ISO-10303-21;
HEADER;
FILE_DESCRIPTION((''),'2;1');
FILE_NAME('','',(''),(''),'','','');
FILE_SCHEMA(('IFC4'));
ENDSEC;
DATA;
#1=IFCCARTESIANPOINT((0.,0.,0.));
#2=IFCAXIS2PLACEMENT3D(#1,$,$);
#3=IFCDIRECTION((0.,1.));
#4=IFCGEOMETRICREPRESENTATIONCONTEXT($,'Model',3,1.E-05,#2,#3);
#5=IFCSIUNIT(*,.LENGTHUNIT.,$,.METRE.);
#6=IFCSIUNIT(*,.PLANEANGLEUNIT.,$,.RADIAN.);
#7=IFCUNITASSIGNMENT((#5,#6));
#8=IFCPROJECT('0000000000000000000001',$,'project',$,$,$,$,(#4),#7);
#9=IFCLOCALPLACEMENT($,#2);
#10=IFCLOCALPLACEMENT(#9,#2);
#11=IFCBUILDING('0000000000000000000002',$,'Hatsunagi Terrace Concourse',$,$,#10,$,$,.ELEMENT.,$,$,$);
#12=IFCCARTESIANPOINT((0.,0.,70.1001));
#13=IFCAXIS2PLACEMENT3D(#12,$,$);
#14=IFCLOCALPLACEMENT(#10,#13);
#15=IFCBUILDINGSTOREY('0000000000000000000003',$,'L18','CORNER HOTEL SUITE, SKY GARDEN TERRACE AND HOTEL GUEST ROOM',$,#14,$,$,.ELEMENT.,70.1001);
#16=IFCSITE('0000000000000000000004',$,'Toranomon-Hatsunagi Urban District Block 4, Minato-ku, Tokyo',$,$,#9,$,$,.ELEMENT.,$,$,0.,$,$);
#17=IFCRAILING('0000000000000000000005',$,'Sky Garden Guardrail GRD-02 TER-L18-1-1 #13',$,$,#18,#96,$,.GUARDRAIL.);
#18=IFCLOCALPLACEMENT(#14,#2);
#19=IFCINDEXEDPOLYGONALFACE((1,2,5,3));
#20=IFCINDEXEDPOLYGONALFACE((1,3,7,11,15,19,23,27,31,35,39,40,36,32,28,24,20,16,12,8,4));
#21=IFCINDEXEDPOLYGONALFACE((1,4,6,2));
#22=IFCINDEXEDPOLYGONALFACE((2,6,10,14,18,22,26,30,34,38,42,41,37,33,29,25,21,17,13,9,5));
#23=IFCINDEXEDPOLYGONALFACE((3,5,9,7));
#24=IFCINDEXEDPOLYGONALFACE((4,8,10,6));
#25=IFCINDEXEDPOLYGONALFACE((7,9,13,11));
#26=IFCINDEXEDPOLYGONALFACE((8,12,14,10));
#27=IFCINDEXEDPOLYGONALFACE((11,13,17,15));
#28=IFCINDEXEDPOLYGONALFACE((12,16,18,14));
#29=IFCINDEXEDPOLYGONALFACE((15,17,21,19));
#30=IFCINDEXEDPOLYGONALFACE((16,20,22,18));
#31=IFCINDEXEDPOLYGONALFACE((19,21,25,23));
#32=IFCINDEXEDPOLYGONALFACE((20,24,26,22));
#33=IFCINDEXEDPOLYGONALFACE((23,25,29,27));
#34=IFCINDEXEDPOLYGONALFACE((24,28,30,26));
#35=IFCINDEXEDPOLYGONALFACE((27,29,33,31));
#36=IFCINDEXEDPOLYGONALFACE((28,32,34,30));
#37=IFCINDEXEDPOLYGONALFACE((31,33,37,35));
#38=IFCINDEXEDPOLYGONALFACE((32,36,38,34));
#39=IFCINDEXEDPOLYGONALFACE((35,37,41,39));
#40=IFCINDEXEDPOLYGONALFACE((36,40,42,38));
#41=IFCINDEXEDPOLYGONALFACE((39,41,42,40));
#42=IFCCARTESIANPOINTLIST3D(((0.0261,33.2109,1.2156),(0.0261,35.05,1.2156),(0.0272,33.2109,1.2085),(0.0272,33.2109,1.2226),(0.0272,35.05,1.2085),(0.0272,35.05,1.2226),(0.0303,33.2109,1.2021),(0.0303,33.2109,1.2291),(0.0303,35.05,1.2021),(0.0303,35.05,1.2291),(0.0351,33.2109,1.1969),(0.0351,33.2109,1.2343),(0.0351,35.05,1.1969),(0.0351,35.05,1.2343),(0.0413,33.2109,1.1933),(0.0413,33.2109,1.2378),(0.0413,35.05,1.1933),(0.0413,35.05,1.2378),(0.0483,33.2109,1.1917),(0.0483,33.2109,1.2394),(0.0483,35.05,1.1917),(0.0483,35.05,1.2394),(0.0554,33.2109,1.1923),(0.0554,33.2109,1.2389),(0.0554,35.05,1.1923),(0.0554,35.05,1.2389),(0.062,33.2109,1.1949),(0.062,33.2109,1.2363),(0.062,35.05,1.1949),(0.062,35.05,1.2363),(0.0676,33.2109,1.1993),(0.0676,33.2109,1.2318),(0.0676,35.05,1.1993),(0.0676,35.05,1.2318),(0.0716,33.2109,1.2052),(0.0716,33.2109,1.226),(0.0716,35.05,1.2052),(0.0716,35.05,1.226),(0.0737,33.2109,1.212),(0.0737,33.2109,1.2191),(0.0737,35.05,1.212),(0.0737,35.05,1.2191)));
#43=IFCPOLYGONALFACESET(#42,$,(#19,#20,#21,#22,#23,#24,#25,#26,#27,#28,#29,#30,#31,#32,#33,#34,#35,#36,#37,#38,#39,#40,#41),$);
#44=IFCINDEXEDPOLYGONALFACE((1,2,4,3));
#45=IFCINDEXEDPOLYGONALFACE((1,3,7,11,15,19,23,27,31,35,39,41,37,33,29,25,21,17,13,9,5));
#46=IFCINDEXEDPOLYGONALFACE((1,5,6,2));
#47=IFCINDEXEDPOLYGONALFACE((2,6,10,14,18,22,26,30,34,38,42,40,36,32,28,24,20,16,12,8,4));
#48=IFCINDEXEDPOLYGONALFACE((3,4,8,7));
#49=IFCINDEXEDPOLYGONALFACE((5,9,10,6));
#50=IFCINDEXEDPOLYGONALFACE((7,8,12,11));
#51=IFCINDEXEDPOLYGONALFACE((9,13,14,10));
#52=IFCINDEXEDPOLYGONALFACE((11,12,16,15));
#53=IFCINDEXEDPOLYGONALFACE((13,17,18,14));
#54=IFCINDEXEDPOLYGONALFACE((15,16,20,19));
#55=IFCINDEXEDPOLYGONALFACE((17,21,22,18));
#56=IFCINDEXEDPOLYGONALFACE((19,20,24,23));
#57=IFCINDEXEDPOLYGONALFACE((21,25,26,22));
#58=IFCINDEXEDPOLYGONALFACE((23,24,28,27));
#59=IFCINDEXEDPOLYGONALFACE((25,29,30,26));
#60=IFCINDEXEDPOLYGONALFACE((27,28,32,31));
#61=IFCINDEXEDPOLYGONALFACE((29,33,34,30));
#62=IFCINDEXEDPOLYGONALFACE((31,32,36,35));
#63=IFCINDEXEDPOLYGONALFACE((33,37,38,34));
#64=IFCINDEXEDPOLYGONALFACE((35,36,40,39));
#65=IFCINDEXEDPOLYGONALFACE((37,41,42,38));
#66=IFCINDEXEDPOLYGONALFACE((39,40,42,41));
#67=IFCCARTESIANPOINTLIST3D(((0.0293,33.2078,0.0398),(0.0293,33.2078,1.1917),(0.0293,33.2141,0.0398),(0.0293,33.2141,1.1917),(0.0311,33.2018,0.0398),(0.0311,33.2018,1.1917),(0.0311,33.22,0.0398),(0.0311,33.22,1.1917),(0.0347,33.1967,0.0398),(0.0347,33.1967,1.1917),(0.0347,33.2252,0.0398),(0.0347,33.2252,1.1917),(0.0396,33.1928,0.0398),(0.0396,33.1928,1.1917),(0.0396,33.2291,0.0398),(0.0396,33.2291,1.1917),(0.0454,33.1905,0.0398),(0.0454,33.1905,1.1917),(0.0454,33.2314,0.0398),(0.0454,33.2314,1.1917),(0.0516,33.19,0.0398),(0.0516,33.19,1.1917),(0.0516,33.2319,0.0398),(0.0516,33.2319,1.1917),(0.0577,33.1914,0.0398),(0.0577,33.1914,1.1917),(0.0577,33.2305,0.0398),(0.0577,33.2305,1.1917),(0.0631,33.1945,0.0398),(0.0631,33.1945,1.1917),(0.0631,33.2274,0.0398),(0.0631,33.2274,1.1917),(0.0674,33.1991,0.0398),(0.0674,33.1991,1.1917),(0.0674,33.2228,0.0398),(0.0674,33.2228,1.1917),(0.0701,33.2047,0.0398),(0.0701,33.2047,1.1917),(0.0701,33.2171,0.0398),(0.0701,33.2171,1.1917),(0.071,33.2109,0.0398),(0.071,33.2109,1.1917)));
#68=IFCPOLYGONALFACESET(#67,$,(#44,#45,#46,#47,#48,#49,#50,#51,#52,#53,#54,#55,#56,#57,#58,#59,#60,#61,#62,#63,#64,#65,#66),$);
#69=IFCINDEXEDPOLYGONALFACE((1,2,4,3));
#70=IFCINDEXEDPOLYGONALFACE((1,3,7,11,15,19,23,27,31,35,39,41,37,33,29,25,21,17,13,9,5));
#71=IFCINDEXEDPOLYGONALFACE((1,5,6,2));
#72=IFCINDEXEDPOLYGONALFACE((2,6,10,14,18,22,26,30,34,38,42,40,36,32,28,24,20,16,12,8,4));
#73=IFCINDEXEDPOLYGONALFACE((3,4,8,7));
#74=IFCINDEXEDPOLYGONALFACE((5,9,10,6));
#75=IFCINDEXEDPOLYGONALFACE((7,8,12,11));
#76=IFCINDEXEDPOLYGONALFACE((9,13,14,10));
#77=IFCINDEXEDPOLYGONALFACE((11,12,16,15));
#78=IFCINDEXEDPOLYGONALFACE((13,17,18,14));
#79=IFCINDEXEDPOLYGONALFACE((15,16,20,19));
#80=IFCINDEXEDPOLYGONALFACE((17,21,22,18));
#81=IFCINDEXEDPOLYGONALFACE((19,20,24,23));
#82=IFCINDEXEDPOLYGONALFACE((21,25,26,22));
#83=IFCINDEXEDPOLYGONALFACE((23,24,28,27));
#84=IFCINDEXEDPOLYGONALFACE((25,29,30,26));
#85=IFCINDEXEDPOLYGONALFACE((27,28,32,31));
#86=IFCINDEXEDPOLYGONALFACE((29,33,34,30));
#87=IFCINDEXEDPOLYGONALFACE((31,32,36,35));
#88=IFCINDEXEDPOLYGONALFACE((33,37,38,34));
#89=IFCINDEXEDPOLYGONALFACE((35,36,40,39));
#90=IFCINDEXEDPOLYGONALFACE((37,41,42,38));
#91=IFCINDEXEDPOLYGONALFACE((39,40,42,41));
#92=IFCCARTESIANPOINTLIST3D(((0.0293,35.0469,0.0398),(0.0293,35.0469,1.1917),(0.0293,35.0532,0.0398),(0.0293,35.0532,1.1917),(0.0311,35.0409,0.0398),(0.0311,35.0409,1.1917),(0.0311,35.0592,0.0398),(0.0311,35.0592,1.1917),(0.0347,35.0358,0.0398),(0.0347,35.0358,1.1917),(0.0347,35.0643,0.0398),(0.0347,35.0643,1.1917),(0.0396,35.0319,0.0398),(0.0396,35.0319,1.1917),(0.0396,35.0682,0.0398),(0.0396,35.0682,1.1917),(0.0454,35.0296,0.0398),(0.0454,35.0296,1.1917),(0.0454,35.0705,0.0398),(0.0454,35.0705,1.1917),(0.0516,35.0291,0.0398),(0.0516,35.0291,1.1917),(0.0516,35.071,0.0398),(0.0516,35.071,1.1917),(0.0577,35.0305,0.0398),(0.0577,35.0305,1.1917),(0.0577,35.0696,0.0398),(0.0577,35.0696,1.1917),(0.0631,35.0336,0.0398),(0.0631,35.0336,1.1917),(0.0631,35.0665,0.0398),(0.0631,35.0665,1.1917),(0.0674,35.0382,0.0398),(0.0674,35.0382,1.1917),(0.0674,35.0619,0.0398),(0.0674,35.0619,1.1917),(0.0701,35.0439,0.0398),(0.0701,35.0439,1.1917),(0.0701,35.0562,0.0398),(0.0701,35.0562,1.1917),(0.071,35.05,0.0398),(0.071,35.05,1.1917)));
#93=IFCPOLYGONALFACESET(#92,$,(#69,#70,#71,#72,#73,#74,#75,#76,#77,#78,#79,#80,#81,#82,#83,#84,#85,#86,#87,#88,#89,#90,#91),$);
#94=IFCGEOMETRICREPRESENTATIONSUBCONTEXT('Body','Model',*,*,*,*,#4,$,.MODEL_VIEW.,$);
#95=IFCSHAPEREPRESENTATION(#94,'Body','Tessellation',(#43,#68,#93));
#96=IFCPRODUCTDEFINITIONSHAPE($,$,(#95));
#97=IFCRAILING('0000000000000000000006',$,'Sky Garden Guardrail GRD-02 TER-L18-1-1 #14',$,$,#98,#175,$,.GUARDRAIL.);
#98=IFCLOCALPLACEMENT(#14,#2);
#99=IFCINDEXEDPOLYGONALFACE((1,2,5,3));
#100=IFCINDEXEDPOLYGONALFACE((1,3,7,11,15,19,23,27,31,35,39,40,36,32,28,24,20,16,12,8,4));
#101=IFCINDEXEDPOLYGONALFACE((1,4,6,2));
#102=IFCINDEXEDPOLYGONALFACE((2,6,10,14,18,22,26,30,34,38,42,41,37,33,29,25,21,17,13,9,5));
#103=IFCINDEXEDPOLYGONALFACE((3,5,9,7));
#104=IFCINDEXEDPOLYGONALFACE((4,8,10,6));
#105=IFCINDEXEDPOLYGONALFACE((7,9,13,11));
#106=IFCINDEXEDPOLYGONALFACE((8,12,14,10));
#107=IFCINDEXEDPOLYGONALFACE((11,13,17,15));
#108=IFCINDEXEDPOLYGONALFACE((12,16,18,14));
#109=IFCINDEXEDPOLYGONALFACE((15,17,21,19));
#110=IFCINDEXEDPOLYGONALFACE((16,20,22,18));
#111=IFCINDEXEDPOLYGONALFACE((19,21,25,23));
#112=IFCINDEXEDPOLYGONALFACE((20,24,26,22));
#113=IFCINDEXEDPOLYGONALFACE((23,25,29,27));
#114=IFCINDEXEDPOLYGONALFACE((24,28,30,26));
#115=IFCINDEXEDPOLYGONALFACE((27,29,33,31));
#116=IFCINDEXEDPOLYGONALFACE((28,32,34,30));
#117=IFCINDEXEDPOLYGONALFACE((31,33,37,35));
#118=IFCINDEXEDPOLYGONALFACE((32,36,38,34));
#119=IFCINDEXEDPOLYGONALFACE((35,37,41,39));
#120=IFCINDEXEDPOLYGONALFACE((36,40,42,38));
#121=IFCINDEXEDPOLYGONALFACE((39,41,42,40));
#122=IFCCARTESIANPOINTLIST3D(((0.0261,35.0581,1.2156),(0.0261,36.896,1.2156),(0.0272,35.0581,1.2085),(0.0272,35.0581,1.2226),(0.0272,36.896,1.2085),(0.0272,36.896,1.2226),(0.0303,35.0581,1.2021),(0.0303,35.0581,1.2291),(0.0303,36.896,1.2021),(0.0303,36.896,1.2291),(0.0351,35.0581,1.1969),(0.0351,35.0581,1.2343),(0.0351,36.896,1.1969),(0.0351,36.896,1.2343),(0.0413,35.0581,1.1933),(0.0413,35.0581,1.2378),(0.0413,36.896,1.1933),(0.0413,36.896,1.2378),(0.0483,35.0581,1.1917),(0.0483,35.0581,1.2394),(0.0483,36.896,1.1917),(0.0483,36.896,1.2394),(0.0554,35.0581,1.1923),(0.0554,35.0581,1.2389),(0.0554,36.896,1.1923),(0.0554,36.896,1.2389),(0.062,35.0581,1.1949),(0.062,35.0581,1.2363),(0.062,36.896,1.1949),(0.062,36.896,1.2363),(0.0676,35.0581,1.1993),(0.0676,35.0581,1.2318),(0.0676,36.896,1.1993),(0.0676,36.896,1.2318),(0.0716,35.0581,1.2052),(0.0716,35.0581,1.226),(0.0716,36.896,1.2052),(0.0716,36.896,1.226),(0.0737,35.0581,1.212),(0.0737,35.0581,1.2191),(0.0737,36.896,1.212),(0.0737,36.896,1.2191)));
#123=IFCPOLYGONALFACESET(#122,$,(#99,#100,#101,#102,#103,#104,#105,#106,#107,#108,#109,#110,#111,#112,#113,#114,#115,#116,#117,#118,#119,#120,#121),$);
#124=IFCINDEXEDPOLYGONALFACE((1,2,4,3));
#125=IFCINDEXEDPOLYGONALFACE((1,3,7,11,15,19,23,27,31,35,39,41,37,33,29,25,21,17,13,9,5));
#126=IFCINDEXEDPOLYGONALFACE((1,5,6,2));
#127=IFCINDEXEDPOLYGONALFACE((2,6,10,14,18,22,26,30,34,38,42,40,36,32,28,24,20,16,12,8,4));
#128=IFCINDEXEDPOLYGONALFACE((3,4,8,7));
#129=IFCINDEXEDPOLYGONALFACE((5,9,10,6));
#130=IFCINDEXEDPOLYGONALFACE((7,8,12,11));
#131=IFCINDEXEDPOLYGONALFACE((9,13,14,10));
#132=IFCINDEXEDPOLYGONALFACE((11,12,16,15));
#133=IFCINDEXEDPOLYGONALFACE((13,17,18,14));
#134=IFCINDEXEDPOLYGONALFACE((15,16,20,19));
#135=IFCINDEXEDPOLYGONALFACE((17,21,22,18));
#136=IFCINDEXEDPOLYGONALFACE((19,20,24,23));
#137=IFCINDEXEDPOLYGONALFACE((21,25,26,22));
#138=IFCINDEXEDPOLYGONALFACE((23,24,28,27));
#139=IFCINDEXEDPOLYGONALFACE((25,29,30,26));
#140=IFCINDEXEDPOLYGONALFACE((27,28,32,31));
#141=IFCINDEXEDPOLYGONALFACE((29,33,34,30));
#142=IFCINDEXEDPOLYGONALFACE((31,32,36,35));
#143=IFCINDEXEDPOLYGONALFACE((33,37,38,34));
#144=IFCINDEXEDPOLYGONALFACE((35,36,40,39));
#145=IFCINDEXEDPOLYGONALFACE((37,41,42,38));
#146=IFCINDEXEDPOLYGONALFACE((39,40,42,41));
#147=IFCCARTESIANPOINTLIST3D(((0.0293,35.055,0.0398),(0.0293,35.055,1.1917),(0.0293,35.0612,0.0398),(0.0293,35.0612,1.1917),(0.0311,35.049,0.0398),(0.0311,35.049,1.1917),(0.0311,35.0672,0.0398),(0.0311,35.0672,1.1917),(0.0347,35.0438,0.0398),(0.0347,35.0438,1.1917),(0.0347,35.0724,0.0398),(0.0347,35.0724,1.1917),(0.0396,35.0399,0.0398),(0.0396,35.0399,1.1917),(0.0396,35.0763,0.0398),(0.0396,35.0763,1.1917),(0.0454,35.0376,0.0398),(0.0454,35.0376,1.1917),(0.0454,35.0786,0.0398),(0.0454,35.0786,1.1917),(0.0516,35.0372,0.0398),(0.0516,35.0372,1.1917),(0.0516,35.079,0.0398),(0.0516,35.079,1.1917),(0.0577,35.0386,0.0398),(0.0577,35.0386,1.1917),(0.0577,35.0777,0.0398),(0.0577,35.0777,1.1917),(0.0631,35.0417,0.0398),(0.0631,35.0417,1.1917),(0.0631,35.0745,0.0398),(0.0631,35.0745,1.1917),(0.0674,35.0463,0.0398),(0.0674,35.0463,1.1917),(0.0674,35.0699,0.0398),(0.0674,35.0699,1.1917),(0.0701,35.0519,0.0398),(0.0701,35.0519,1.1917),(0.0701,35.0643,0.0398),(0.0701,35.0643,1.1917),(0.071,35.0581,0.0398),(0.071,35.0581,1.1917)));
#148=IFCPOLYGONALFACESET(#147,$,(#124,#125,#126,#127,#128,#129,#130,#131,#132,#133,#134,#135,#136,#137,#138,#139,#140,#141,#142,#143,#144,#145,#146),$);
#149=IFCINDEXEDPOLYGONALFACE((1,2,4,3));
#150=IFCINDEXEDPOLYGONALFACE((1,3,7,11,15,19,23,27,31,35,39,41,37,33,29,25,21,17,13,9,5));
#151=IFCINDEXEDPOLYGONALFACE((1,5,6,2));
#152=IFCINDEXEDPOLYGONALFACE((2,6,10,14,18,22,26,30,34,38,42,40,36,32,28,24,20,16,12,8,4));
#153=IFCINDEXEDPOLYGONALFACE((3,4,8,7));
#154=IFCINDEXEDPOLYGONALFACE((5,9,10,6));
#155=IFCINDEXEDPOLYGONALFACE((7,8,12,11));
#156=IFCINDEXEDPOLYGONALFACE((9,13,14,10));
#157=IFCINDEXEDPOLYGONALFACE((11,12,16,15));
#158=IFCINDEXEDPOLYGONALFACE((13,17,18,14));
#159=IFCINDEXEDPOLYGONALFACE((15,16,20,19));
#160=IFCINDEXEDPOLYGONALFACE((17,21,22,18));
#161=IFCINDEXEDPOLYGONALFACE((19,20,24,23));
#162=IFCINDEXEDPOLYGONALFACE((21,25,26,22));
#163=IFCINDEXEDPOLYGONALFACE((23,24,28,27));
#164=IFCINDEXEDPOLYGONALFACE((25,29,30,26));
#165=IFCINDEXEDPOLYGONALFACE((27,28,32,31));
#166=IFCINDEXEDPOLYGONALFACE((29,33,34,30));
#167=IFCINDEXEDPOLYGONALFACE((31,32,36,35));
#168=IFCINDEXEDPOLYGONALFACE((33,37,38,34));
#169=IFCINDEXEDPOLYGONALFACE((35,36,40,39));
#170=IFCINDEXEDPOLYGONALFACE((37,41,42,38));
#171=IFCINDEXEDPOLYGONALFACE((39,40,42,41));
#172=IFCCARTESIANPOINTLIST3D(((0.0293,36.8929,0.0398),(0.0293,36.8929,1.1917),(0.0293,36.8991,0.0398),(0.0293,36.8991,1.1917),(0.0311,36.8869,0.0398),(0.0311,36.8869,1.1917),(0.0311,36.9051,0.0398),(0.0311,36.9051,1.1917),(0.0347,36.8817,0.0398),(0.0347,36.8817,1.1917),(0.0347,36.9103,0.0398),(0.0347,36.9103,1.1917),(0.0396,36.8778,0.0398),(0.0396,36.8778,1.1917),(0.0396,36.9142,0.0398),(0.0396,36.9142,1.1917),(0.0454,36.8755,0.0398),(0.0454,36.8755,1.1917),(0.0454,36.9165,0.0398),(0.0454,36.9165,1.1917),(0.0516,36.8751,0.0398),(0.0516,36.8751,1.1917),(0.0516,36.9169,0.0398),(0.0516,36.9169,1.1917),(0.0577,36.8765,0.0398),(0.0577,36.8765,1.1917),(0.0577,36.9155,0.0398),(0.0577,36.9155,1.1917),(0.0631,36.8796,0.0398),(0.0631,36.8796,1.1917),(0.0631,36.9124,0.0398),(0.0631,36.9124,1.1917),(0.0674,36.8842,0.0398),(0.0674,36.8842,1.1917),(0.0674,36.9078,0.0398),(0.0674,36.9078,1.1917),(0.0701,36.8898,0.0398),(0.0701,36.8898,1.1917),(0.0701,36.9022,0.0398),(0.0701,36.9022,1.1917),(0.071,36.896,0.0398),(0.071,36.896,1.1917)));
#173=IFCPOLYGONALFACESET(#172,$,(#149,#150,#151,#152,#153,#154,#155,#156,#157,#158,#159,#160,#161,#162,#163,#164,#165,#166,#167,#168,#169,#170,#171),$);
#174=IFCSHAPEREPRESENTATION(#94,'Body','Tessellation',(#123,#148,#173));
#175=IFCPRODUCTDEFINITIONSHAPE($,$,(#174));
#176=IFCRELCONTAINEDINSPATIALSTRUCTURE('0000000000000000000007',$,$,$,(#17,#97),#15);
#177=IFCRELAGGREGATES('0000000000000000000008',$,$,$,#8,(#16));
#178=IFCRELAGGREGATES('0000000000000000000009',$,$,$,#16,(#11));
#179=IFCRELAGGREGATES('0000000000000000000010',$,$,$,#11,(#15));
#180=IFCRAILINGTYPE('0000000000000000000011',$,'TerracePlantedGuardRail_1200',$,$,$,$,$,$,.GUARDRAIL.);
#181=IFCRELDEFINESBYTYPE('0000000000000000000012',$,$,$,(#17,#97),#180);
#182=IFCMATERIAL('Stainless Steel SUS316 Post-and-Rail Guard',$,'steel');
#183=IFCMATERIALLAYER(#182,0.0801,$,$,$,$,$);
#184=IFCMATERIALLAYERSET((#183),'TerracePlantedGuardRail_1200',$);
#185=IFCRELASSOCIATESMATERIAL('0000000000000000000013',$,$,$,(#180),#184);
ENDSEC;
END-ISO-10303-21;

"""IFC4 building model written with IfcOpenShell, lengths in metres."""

from ifc_helpers import new_model, si_unit, direction, frame, origin, origin_2d, place, context, subcontext, project, spatial, circle, extrude, material, layer, layer_set, type_object, element, save


model = new_model("IFC4")

# Units and contexts
model_context = context("Model", 3, precision=1e-05, world=origin(), true_north=direction((0.0, 1.0)))
body_context = subcontext(model_context, "Body", "Model", "MODEL_VIEW")
ifc_project = project(units=[si_unit("LENGTHUNIT", "METRE"), si_unit("PLANEANGLEUNIT", "RADIAN")], contexts=[model_context])

# Site, building, storey
site_placement = place(None, origin())
site = spatial("IfcSite", under=ifc_project, at=site_placement, Name="Toranomon-Hatsunagi Urban District Block 4, Minato-ku, Tokyo", CompositionType="ELEMENT", RefElevation=0.0)
building_placement = place(site_placement, origin())
building = spatial("IfcBuilding", under=site, at=building_placement, Name="Hatsunagi Terrace Concourse", CompositionType="ELEMENT")
storey_placement = place(building_placement, frame((0.0, 0.0, 70.1001)))
storey = spatial("IfcBuildingStorey", under=building, at=storey_placement, Name="L18", Description="CORNER HOTEL SUITE, SKY GARDEN TERRACE AND HOTEL GUEST ROOM", CompositionType="ELEMENT", Elevation=70.1001)

# Railings
ifc_material_1 = material(Name="Stainless Steel SUS316 Post-and-Rail Guard", Category="steel")
ifc_layer_1 = layer(ifc_material_1, 0.0801)
ifc_layer_set_1 = layer_set([ifc_layer_1], Name="TerracePlantedGuardRail_1200")
railing_type = type_object("IfcRailingType", Name="TerracePlantedGuardRail_1200", PredefinedType="GUARDRAIL", material=ifc_layer_set_1)
railing_1_placement = place(storey_placement, frame((0.05, 33.2109, 0.0398)))
element("IfcRailing", 1, at=railing_1_placement, inside=storey, type_object=railing_type, Name="Sky Garden Guardrail GRD-02 TER-L18-1-1 #13", PredefinedType="GUARDRAIL", context=body_context, shape_type="SweptSolid", body=[
    extrude(circle(Radius=0.0239, at=origin_2d()), frame((0.0, 0.0, 1.1758), z_axis=(0.0, 1.0, 0.0), x_axis=(-1.0, 0.0, 0.0)), (0.0, 0.0, 1.0), 1.8391),
    extrude(circle(Radius=0.021, at=origin_2d()), origin(), (0.0, 0.0, 1.0), 1.1519),
    extrude(circle(Radius=0.021, at=origin_2d()), frame((0.0, 1.8391, 0.0)), (0.0, 0.0, 1.0), 1.1519),
])
for number, where, name in (
    (2, (0.05, 35.0581, 0.0398), "Sky Garden Guardrail GRD-02 TER-L18-1-1 #14"),
):
    element("IfcRailing", number, at=place(storey_placement, frame(where)), inside=storey, type_object=railing_type, Name=name, PredefinedType="GUARDRAIL", context=body_context, shape_type="SweptSolid", body=[
        extrude(circle(Radius=0.0239, at=origin_2d()), frame((0.0, 0.0, 1.1758), z_axis=(0.0, 1.0, 0.0), x_axis=(-1.0, 0.0, 0.0)), (0.0, 0.0, 1.0), 1.8379),
        extrude(circle(Radius=0.021, at=origin_2d()), origin(), (0.0, 0.0, 1.0), 1.1519),
        extrude(circle(Radius=0.021, at=origin_2d()), frame((0.0, 1.8379, 0.0)), (0.0, 0.0, 1.0), 1.1519),
    ])

save(model, "model.ifc")
